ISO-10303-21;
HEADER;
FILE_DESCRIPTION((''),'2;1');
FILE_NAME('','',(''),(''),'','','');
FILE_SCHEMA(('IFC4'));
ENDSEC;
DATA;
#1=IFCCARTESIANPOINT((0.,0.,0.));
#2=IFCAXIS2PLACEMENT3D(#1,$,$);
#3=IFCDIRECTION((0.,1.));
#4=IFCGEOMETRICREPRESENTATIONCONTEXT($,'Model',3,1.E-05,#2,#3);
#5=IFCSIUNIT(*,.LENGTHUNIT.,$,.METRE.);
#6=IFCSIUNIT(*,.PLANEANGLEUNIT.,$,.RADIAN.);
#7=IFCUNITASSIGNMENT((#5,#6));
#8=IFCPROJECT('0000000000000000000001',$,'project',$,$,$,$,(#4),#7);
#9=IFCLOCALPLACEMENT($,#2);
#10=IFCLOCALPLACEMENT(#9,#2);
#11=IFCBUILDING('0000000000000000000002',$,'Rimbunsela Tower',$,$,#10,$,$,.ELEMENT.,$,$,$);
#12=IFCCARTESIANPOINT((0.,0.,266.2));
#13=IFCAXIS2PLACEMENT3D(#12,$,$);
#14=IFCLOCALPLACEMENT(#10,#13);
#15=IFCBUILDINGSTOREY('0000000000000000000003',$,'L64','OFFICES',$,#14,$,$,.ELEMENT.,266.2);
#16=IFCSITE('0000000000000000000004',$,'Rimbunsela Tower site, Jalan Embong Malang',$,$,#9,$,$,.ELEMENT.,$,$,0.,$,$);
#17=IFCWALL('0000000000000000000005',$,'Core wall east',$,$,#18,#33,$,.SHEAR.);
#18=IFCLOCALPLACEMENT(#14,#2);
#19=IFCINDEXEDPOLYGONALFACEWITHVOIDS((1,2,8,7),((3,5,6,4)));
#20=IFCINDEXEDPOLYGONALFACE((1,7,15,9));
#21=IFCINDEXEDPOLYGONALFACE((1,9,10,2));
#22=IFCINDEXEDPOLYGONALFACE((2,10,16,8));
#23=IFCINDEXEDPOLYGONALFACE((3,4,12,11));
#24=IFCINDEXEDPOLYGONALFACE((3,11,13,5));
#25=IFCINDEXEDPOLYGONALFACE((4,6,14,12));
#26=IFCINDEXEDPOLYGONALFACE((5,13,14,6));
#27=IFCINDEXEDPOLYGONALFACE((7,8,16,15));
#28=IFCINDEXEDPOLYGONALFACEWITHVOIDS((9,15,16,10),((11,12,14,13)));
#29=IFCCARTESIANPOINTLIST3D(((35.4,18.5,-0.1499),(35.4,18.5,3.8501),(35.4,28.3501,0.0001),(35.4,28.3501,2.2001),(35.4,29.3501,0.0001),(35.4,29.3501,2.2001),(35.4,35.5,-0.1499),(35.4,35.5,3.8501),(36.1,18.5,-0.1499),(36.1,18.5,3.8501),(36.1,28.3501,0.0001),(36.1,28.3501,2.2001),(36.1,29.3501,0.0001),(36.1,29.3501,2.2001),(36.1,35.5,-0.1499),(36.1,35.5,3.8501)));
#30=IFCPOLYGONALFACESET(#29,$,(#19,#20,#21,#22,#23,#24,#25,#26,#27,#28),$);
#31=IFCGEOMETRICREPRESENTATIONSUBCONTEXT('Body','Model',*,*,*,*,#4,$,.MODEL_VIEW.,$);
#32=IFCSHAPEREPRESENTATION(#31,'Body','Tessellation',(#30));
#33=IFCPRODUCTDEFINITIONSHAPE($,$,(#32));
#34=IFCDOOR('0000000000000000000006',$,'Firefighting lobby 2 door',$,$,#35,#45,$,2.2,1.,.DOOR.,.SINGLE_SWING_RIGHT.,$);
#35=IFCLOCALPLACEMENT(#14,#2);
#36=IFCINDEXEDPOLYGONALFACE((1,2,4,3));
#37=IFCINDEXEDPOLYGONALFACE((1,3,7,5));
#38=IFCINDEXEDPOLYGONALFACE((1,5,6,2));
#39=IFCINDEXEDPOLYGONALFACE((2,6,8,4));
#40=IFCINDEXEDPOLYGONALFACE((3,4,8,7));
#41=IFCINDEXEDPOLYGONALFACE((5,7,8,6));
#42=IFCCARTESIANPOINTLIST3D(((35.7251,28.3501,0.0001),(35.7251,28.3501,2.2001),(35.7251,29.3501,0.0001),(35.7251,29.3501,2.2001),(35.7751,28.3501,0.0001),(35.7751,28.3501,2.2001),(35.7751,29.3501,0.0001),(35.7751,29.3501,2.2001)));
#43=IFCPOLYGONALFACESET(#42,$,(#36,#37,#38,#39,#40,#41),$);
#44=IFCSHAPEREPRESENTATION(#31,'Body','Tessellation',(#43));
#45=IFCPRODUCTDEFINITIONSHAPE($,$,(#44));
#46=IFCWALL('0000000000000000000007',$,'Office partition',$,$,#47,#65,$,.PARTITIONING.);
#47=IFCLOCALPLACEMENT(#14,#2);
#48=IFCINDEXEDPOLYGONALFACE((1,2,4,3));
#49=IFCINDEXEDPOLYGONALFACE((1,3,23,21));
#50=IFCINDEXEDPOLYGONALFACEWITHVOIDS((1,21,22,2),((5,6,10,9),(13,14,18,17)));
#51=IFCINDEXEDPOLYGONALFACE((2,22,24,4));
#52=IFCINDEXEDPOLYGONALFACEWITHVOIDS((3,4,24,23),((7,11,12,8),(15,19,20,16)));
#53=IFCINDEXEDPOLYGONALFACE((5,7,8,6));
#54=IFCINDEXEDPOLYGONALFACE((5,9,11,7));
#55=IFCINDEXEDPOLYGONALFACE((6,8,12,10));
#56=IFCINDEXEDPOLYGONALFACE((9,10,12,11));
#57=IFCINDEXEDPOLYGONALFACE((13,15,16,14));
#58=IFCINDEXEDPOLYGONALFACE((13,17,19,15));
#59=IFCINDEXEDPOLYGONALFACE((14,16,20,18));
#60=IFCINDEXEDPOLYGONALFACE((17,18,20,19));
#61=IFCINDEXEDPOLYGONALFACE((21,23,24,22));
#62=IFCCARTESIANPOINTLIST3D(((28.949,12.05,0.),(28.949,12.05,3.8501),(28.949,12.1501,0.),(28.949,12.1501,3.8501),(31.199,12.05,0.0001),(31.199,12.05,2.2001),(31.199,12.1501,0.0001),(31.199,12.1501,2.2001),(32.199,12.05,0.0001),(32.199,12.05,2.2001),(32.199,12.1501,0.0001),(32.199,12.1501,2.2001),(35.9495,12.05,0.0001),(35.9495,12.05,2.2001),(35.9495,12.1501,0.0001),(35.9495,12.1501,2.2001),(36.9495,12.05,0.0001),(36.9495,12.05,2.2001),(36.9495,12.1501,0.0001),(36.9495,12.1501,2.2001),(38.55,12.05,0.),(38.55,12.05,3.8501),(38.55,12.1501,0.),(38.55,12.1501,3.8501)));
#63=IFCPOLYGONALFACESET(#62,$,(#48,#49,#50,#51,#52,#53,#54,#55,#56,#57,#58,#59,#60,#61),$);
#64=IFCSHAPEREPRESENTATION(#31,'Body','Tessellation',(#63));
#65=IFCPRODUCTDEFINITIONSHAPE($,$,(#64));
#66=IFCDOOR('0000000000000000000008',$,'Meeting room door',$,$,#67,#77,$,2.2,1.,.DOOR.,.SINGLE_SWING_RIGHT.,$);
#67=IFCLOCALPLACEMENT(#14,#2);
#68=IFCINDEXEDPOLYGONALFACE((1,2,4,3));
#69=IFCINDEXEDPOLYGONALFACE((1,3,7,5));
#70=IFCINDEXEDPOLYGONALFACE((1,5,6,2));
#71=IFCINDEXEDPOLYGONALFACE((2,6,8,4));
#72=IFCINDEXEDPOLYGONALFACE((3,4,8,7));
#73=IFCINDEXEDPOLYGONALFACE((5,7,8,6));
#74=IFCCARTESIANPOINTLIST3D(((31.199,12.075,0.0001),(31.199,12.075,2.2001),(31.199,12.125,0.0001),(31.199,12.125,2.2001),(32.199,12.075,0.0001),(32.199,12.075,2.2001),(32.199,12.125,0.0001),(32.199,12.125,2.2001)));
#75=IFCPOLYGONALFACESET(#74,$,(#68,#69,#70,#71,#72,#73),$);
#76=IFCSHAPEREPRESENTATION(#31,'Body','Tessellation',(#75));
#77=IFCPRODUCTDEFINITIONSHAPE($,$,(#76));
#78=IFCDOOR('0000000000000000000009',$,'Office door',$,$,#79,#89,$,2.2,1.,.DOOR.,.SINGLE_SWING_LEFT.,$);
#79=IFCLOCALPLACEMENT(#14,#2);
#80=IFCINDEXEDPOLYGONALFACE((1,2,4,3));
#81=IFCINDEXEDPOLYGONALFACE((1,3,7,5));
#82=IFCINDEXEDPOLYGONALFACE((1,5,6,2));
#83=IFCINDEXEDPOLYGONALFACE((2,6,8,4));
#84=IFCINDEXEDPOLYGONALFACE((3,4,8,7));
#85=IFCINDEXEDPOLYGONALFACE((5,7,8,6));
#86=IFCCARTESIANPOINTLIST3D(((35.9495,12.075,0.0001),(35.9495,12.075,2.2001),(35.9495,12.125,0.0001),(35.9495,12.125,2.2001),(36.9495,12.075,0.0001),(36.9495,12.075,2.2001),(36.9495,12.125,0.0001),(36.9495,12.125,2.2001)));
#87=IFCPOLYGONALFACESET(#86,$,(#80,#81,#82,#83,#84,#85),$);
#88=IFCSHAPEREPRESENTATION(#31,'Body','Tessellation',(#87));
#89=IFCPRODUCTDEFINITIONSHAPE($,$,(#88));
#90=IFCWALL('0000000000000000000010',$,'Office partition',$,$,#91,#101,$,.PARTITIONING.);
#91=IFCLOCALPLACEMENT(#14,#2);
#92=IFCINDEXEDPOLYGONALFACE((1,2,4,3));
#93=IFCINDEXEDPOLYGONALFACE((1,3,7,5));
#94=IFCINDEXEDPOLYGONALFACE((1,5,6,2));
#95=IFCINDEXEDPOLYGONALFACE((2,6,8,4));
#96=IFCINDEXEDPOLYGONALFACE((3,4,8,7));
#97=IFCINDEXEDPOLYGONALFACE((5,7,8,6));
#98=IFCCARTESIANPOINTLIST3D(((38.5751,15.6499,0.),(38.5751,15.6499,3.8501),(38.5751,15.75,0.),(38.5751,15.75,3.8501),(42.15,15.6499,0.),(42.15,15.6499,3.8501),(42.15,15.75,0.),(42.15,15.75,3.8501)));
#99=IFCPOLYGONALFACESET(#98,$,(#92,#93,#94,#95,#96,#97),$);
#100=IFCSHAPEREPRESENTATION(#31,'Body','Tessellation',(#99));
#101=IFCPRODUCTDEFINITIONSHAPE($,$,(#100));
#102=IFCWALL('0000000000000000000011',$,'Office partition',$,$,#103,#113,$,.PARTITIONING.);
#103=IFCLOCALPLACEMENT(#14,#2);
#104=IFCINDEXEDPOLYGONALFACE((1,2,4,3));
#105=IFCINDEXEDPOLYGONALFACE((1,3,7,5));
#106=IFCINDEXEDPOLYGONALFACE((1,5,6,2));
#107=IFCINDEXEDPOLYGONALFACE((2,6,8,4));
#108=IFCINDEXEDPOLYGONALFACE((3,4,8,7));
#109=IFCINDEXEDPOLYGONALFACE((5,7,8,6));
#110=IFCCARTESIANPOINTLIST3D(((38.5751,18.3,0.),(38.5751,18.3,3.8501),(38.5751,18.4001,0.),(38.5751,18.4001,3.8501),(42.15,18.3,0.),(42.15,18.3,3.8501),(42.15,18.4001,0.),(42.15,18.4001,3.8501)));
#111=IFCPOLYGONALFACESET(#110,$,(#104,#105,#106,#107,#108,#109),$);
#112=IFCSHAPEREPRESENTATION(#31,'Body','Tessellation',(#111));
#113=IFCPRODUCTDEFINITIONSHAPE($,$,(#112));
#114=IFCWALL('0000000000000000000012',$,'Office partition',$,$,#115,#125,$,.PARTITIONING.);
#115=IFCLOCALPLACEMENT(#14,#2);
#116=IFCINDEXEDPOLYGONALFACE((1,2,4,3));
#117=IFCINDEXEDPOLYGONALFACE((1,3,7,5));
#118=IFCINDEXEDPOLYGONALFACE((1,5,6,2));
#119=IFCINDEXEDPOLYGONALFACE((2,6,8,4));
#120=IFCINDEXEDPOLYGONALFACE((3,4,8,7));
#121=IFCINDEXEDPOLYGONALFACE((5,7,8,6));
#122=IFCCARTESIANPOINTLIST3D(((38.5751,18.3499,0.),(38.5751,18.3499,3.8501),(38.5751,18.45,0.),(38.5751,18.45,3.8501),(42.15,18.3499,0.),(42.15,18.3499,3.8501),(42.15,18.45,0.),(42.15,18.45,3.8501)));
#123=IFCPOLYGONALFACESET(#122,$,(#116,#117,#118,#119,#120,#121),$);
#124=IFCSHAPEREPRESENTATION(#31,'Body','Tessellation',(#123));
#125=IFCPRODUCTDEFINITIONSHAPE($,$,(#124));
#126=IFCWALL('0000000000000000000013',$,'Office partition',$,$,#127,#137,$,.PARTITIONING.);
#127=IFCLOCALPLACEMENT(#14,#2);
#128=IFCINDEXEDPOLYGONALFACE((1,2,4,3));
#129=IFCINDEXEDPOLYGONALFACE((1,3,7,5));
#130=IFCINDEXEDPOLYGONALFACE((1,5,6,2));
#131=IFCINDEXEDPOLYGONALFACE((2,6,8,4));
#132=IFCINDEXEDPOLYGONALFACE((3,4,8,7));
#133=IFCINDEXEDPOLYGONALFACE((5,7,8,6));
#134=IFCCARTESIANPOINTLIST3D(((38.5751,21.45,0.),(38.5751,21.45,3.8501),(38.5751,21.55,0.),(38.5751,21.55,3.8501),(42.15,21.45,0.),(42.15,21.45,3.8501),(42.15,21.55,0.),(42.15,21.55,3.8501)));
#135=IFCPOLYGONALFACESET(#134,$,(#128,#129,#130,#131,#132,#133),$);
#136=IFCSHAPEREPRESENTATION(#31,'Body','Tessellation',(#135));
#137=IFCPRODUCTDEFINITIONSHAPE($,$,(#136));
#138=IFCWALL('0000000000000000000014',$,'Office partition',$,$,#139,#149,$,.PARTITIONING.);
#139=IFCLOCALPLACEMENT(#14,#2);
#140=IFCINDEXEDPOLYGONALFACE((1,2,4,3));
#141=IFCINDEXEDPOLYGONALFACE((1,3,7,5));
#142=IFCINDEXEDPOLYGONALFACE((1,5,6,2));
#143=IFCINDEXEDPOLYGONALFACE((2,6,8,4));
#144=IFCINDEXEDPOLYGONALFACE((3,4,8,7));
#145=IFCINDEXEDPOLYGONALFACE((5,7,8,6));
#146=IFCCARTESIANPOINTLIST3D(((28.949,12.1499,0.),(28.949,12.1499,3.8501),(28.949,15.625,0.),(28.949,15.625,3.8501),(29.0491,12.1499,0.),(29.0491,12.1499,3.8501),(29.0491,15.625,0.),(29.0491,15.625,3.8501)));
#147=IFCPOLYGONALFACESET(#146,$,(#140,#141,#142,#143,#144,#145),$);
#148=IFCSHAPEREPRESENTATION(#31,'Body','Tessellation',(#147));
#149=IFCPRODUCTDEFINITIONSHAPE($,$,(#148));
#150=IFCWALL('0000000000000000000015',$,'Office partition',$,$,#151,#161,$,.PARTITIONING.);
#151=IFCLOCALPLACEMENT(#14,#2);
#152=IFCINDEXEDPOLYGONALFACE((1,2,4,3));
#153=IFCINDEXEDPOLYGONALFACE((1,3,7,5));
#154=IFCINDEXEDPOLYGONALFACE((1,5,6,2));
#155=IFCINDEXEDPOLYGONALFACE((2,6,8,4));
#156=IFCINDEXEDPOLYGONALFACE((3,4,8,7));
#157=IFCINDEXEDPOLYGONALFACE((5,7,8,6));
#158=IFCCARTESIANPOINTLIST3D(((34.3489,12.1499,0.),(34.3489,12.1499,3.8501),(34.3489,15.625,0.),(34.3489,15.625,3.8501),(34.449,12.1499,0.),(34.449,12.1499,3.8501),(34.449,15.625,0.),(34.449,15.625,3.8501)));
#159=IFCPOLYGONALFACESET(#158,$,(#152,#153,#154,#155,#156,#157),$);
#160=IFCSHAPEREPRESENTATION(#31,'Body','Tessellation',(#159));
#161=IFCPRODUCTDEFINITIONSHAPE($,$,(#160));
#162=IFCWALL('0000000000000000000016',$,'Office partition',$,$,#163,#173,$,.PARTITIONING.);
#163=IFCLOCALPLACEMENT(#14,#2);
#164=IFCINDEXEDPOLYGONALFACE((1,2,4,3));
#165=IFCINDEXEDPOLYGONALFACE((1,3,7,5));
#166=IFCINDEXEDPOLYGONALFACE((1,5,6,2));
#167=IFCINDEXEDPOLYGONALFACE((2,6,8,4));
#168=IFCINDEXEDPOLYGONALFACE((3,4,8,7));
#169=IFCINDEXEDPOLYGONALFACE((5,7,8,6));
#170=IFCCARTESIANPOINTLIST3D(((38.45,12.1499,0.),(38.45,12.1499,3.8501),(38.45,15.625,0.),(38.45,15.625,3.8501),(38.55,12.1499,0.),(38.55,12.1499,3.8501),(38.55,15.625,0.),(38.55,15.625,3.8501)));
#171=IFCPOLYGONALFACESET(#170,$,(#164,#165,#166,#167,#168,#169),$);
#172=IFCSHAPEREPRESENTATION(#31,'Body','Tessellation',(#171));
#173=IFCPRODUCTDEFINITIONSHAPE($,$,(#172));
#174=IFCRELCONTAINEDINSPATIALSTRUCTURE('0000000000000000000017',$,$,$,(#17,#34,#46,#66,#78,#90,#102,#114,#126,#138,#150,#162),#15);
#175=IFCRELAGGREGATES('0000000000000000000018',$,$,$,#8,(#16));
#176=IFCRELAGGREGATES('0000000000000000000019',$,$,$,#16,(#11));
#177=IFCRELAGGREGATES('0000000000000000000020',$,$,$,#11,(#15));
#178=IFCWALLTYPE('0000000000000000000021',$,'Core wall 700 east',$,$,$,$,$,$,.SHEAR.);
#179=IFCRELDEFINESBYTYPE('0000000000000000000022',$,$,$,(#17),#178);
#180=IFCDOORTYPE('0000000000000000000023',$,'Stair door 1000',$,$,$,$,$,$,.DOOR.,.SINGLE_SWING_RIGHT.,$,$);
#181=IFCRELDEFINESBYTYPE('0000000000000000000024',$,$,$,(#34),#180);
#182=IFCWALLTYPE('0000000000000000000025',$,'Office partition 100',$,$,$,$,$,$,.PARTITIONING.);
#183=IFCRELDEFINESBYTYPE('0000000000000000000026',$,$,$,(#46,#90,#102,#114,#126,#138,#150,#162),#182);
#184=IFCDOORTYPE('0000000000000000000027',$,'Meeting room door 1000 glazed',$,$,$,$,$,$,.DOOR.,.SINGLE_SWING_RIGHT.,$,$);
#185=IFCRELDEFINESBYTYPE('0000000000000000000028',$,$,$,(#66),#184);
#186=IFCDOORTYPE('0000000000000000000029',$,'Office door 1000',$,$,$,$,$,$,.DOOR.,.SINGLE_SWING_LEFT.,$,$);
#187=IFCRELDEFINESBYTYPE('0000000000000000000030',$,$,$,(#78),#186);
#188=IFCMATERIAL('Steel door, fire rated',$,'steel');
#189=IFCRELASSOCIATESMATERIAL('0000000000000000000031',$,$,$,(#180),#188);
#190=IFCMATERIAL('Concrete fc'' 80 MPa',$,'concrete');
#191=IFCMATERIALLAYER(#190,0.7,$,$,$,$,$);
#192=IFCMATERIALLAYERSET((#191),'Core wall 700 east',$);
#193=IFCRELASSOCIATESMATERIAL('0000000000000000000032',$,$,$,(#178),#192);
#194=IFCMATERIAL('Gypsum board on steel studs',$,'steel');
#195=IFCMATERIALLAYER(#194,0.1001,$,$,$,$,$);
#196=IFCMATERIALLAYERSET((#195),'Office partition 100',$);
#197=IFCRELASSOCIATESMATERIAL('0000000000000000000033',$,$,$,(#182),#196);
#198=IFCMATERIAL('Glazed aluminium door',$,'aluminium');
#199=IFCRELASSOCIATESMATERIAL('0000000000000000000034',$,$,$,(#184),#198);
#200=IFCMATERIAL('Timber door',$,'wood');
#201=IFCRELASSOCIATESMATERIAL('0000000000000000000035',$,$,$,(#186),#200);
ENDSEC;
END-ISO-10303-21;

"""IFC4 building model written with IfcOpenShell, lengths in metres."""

from ifc_helpers import new_model, si_unit, direction, frame, frame_2d, origin, place, context, subcontext, project, spatial, rectangle, extrude, material, layer, layer_set, type_object, element, fill, save


model = new_model("IFC4")

# Units and contexts
model_context = context("Model", 3, precision=1e-05, world=origin(), true_north=direction((0.0, 1.0)))
body_context = subcontext(model_context, "Body", "Model", "MODEL_VIEW")
ifc_project = project(units=[si_unit("LENGTHUNIT", "METRE"), si_unit("PLANEANGLEUNIT", "RADIAN")], contexts=[model_context])

# Site, building, storey
site_placement = place(None, origin())
site = spatial("IfcSite", under=ifc_project, at=site_placement, Name="Rimbunsela Tower site, Jalan Embong Malang", CompositionType="ELEMENT", RefElevation=0.0)
building_placement = place(site_placement, origin())
building = spatial("IfcBuilding", under=site, at=building_placement, Name="Rimbunsela Tower", CompositionType="ELEMENT")
storey_placement = place(building_placement, frame((0.0, 0.0, 266.2)))
storey = spatial("IfcBuildingStorey", under=building, at=storey_placement, Name="L64", Description="OFFICES", CompositionType="ELEMENT", Elevation=266.2)

# Shared definitions
ifc_material_1 = material(Name="Steel door, fire rated", Category="steel")
door_type_1 = type_object("IfcDoorType", Name="Stair door 1000", OperationType="SINGLE_SWING_RIGHT", PredefinedType="DOOR", material=ifc_material_1)

# Wall, opening, door
ifc_material_2 = material(Name="Concrete fc' 80 MPa", Category="concrete")
ifc_layer_1 = layer(ifc_material_2, 0.7)
ifc_layer_set_1 = layer_set([ifc_layer_1], Name="Core wall 700 east")
wall_type_1 = type_object("IfcWallType", Name="Core wall 700 east", PredefinedType="SHEAR", material=ifc_layer_set_1)
wall_1_placement = place(storey_placement, frame((35.75, 18.5, -0.1499), z_axis=(0.0, 0.0, 1.0), x_axis=(0.0, 1.0, 0.0)))
wall_1 = element("IfcWall", 1, at=wall_1_placement, inside=storey, type_object=wall_type_1, Name="Core wall east", PredefinedType="SHEAR", context=body_context, shape_type="SweptSolid", body=[
    extrude(rectangle(XDim=17.0, YDim=0.7, at=frame_2d((8.5, 0.0))), origin(), (0.0, 0.0, 1.0), 4.0),
])
opening_1_placement = place(wall_1_placement, frame((9.8501, 0.0, 0.1499)))
opening_1 = element("IfcOpeningElement", 2, at=opening_1_placement, cuts=wall_1, PredefinedType="OPENING", context=body_context, shape_type="SweptSolid", body=[
    extrude(rectangle(XDim=1.0, YDim=2.2, at=frame_2d((0.5, 1.1001))), frame((0.0, 0.3599, 0.0), z_axis=(0.0, -1.0, 0.0), x_axis=(1.0, 0.0, 0.0)), (0.0, 0.0, 1.0), 0.72),
])
door_1_placement = place(opening_1_placement, origin())
door_1 = element("IfcDoor", 3, at=door_1_placement, inside=storey, type_object=door_type_1, Name="Firefighting lobby 2 door", OperationType="SINGLE_SWING_RIGHT", OverallHeight=2.2, OverallWidth=1.0, PredefinedType="DOOR", context=body_context, shape_type="SweptSolid", body=[
    extrude(rectangle(XDim=1.0, YDim=2.2, at=frame_2d((0.5, 1.1001))), frame((0.0, 0.0249, 0.0), z_axis=(0.0, -1.0, 0.0), x_axis=(1.0, 0.0, 0.0)), (0.0, 0.0, 1.0), 0.05),
])
fill(opening_1, door_1)

# Wall, openings, doors
ifc_material_3 = material(Name="Gypsum board on steel studs", Category="steel")
ifc_layer_2 = layer(ifc_material_3, 0.1001)
ifc_layer_set_2 = layer_set([ifc_layer_2], Name="Office partition 100")
wall_type_2 = type_object("IfcWallType", Name="Office partition 100", PredefinedType="PARTITIONING", material=ifc_layer_set_2)
wall_2_placement = place(storey_placement, frame((28.949, 12.1001, 0.0), z_axis=(0.0, 0.0, 1.0), x_axis=(1.0, 0.0, 0.0)))
wall_2 = element("IfcWall", 4, at=wall_2_placement, inside=storey, type_object=wall_type_2, Name="Office partition", PredefinedType="PARTITIONING", context=body_context, shape_type="SweptSolid", body=[
    extrude(rectangle(XDim=9.6011, YDim=0.1001, at=frame_2d((4.8005, 0.0))), origin(), (0.0, 0.0, 1.0), 3.8501),
])
opening_2_placement = place(wall_2_placement, frame((2.25, 0.0, 0.0)))
opening_2 = element("IfcOpeningElement", 5, at=opening_2_placement, cuts=wall_2, PredefinedType="OPENING", context=body_context, shape_type="SweptSolid", body=[
    extrude(rectangle(XDim=1.0, YDim=2.2, at=frame_2d((0.5, 1.1001))), frame((0.0, 0.0601, 0.0), z_axis=(0.0, -1.0, 0.0), x_axis=(1.0, 0.0, 0.0)), (0.0, 0.0, 1.0), 0.1201),
])
opening_3_placement = place(wall_2_placement, frame((7.0005, 0.0, 0.0)))
opening_3 = element("IfcOpeningElement", 6, at=opening_3_placement, cuts=wall_2, PredefinedType="OPENING", context=body_context, shape_type="SweptSolid", body=[
    extrude(rectangle(XDim=1.0, YDim=2.2, at=frame_2d((0.5, 1.1001))), frame((0.0, 0.0601, 0.0), z_axis=(0.0, -1.0, 0.0), x_axis=(1.0, 0.0, 0.0)), (0.0, 0.0, 1.0), 0.1201),
])
ifc_material_4 = material(Name="Glazed aluminium door", Category="aluminium")
door_type_2 = type_object("IfcDoorType", Name="Meeting room door 1000 glazed", OperationType="SINGLE_SWING_RIGHT", PredefinedType="DOOR", material=ifc_material_4)
door_2_placement = place(opening_2_placement, origin())
door_2 = element("IfcDoor", 7, at=door_2_placement, inside=storey, type_object=door_type_2, Name="Meeting room door", OperationType="SINGLE_SWING_RIGHT", OverallHeight=2.2, OverallWidth=1.0, PredefinedType="DOOR", context=body_context, shape_type="SweptSolid", body=[
    extrude(rectangle(XDim=1.0, YDim=2.2, at=frame_2d((0.5, 1.1001))), frame((0.0, 0.0249, 0.0), z_axis=(0.0, -1.0, 0.0), x_axis=(1.0, 0.0, 0.0)), (0.0, 0.0, 1.0), 0.05),
])
fill(opening_2, door_2)
ifc_material_5 = material(Name="Timber door", Category="wood")
door_type_3 = type_object("IfcDoorType", Name="Office door 1000", OperationType="SINGLE_SWING_LEFT", PredefinedType="DOOR", material=ifc_material_5)
door_3_placement = place(opening_3_placement, origin())
door_3 = element("IfcDoor", 8, at=door_3_placement, inside=storey, type_object=door_type_3, Name="Office door", OperationType="SINGLE_SWING_LEFT", OverallHeight=2.2, OverallWidth=1.0, PredefinedType="DOOR", context=body_context, shape_type="SweptSolid", body=[
    extrude(rectangle(XDim=1.0, YDim=2.2, at=frame_2d((0.5, 1.1001))), frame((0.0, 0.0249, 0.0), z_axis=(0.0, -1.0, 0.0), x_axis=(1.0, 0.0, 0.0)), (0.0, 0.0, 1.0), 0.05),
])
fill(opening_3, door_3)

# Walls
for number, where, z_axis, x_axis, name in (
    (9, (38.575, 15.7, 0.0), (0.0, 0.0, 1.0), (1.0, 0.0, 0.0), "Office partition"),
    (10, (38.575, 18.3501, 0.0), (0.0, 0.0, 1.0), (1.0, 0.0, 0.0), "Office partition"),
    (11, (38.575, 18.3999, 0.0), (0.0, 0.0, 1.0), (1.0, 0.0, 0.0), "Office partition"),
    (12, (38.575, 21.5, 0.0), (0.0, 0.0, 1.0), (1.0, 0.0, 0.0), "Office partition"),
):
    element("IfcWall", number, at=place(storey_placement, frame(where, z_axis=z_axis, x_axis=x_axis)), inside=storey, type_object=wall_type_2, Name=name, PredefinedType="PARTITIONING", context=body_context, shape_type="SweptSolid", body=[
        extrude(rectangle(XDim=3.575, YDim=0.1001, at=frame_2d((1.7876, 0.0))), origin(), (0.0, 0.0, 1.0), 3.8501),
    ])
for number, where, z_axis, x_axis, name in (
    (13, (28.999, 12.1499, 0.0), (0.0, 0.0, 1.0), (0.0, 1.0, 0.0), "Office partition"),
    (14, (34.3989, 12.1499, 0.0), (0.0, 0.0, 1.0), (0.0, 1.0, 0.0), "Office partition"),
    (15, (38.5, 12.1499, 0.0), (0.0, 0.0, 1.0), (0.0, 1.0, 0.0), "Office partition"),
):
    element("IfcWall", number, at=place(storey_placement, frame(where, z_axis=z_axis, x_axis=x_axis)), inside=storey, type_object=wall_type_2, Name=name, PredefinedType="PARTITIONING", context=body_context, shape_type="SweptSolid", body=[
        extrude(rectangle(XDim=3.4751, YDim=0.1001, at=frame_2d((1.7375, 0.0))), origin(), (0.0, 0.0, 1.0), 3.8501),
    ])

save(model, "model.ifc")
